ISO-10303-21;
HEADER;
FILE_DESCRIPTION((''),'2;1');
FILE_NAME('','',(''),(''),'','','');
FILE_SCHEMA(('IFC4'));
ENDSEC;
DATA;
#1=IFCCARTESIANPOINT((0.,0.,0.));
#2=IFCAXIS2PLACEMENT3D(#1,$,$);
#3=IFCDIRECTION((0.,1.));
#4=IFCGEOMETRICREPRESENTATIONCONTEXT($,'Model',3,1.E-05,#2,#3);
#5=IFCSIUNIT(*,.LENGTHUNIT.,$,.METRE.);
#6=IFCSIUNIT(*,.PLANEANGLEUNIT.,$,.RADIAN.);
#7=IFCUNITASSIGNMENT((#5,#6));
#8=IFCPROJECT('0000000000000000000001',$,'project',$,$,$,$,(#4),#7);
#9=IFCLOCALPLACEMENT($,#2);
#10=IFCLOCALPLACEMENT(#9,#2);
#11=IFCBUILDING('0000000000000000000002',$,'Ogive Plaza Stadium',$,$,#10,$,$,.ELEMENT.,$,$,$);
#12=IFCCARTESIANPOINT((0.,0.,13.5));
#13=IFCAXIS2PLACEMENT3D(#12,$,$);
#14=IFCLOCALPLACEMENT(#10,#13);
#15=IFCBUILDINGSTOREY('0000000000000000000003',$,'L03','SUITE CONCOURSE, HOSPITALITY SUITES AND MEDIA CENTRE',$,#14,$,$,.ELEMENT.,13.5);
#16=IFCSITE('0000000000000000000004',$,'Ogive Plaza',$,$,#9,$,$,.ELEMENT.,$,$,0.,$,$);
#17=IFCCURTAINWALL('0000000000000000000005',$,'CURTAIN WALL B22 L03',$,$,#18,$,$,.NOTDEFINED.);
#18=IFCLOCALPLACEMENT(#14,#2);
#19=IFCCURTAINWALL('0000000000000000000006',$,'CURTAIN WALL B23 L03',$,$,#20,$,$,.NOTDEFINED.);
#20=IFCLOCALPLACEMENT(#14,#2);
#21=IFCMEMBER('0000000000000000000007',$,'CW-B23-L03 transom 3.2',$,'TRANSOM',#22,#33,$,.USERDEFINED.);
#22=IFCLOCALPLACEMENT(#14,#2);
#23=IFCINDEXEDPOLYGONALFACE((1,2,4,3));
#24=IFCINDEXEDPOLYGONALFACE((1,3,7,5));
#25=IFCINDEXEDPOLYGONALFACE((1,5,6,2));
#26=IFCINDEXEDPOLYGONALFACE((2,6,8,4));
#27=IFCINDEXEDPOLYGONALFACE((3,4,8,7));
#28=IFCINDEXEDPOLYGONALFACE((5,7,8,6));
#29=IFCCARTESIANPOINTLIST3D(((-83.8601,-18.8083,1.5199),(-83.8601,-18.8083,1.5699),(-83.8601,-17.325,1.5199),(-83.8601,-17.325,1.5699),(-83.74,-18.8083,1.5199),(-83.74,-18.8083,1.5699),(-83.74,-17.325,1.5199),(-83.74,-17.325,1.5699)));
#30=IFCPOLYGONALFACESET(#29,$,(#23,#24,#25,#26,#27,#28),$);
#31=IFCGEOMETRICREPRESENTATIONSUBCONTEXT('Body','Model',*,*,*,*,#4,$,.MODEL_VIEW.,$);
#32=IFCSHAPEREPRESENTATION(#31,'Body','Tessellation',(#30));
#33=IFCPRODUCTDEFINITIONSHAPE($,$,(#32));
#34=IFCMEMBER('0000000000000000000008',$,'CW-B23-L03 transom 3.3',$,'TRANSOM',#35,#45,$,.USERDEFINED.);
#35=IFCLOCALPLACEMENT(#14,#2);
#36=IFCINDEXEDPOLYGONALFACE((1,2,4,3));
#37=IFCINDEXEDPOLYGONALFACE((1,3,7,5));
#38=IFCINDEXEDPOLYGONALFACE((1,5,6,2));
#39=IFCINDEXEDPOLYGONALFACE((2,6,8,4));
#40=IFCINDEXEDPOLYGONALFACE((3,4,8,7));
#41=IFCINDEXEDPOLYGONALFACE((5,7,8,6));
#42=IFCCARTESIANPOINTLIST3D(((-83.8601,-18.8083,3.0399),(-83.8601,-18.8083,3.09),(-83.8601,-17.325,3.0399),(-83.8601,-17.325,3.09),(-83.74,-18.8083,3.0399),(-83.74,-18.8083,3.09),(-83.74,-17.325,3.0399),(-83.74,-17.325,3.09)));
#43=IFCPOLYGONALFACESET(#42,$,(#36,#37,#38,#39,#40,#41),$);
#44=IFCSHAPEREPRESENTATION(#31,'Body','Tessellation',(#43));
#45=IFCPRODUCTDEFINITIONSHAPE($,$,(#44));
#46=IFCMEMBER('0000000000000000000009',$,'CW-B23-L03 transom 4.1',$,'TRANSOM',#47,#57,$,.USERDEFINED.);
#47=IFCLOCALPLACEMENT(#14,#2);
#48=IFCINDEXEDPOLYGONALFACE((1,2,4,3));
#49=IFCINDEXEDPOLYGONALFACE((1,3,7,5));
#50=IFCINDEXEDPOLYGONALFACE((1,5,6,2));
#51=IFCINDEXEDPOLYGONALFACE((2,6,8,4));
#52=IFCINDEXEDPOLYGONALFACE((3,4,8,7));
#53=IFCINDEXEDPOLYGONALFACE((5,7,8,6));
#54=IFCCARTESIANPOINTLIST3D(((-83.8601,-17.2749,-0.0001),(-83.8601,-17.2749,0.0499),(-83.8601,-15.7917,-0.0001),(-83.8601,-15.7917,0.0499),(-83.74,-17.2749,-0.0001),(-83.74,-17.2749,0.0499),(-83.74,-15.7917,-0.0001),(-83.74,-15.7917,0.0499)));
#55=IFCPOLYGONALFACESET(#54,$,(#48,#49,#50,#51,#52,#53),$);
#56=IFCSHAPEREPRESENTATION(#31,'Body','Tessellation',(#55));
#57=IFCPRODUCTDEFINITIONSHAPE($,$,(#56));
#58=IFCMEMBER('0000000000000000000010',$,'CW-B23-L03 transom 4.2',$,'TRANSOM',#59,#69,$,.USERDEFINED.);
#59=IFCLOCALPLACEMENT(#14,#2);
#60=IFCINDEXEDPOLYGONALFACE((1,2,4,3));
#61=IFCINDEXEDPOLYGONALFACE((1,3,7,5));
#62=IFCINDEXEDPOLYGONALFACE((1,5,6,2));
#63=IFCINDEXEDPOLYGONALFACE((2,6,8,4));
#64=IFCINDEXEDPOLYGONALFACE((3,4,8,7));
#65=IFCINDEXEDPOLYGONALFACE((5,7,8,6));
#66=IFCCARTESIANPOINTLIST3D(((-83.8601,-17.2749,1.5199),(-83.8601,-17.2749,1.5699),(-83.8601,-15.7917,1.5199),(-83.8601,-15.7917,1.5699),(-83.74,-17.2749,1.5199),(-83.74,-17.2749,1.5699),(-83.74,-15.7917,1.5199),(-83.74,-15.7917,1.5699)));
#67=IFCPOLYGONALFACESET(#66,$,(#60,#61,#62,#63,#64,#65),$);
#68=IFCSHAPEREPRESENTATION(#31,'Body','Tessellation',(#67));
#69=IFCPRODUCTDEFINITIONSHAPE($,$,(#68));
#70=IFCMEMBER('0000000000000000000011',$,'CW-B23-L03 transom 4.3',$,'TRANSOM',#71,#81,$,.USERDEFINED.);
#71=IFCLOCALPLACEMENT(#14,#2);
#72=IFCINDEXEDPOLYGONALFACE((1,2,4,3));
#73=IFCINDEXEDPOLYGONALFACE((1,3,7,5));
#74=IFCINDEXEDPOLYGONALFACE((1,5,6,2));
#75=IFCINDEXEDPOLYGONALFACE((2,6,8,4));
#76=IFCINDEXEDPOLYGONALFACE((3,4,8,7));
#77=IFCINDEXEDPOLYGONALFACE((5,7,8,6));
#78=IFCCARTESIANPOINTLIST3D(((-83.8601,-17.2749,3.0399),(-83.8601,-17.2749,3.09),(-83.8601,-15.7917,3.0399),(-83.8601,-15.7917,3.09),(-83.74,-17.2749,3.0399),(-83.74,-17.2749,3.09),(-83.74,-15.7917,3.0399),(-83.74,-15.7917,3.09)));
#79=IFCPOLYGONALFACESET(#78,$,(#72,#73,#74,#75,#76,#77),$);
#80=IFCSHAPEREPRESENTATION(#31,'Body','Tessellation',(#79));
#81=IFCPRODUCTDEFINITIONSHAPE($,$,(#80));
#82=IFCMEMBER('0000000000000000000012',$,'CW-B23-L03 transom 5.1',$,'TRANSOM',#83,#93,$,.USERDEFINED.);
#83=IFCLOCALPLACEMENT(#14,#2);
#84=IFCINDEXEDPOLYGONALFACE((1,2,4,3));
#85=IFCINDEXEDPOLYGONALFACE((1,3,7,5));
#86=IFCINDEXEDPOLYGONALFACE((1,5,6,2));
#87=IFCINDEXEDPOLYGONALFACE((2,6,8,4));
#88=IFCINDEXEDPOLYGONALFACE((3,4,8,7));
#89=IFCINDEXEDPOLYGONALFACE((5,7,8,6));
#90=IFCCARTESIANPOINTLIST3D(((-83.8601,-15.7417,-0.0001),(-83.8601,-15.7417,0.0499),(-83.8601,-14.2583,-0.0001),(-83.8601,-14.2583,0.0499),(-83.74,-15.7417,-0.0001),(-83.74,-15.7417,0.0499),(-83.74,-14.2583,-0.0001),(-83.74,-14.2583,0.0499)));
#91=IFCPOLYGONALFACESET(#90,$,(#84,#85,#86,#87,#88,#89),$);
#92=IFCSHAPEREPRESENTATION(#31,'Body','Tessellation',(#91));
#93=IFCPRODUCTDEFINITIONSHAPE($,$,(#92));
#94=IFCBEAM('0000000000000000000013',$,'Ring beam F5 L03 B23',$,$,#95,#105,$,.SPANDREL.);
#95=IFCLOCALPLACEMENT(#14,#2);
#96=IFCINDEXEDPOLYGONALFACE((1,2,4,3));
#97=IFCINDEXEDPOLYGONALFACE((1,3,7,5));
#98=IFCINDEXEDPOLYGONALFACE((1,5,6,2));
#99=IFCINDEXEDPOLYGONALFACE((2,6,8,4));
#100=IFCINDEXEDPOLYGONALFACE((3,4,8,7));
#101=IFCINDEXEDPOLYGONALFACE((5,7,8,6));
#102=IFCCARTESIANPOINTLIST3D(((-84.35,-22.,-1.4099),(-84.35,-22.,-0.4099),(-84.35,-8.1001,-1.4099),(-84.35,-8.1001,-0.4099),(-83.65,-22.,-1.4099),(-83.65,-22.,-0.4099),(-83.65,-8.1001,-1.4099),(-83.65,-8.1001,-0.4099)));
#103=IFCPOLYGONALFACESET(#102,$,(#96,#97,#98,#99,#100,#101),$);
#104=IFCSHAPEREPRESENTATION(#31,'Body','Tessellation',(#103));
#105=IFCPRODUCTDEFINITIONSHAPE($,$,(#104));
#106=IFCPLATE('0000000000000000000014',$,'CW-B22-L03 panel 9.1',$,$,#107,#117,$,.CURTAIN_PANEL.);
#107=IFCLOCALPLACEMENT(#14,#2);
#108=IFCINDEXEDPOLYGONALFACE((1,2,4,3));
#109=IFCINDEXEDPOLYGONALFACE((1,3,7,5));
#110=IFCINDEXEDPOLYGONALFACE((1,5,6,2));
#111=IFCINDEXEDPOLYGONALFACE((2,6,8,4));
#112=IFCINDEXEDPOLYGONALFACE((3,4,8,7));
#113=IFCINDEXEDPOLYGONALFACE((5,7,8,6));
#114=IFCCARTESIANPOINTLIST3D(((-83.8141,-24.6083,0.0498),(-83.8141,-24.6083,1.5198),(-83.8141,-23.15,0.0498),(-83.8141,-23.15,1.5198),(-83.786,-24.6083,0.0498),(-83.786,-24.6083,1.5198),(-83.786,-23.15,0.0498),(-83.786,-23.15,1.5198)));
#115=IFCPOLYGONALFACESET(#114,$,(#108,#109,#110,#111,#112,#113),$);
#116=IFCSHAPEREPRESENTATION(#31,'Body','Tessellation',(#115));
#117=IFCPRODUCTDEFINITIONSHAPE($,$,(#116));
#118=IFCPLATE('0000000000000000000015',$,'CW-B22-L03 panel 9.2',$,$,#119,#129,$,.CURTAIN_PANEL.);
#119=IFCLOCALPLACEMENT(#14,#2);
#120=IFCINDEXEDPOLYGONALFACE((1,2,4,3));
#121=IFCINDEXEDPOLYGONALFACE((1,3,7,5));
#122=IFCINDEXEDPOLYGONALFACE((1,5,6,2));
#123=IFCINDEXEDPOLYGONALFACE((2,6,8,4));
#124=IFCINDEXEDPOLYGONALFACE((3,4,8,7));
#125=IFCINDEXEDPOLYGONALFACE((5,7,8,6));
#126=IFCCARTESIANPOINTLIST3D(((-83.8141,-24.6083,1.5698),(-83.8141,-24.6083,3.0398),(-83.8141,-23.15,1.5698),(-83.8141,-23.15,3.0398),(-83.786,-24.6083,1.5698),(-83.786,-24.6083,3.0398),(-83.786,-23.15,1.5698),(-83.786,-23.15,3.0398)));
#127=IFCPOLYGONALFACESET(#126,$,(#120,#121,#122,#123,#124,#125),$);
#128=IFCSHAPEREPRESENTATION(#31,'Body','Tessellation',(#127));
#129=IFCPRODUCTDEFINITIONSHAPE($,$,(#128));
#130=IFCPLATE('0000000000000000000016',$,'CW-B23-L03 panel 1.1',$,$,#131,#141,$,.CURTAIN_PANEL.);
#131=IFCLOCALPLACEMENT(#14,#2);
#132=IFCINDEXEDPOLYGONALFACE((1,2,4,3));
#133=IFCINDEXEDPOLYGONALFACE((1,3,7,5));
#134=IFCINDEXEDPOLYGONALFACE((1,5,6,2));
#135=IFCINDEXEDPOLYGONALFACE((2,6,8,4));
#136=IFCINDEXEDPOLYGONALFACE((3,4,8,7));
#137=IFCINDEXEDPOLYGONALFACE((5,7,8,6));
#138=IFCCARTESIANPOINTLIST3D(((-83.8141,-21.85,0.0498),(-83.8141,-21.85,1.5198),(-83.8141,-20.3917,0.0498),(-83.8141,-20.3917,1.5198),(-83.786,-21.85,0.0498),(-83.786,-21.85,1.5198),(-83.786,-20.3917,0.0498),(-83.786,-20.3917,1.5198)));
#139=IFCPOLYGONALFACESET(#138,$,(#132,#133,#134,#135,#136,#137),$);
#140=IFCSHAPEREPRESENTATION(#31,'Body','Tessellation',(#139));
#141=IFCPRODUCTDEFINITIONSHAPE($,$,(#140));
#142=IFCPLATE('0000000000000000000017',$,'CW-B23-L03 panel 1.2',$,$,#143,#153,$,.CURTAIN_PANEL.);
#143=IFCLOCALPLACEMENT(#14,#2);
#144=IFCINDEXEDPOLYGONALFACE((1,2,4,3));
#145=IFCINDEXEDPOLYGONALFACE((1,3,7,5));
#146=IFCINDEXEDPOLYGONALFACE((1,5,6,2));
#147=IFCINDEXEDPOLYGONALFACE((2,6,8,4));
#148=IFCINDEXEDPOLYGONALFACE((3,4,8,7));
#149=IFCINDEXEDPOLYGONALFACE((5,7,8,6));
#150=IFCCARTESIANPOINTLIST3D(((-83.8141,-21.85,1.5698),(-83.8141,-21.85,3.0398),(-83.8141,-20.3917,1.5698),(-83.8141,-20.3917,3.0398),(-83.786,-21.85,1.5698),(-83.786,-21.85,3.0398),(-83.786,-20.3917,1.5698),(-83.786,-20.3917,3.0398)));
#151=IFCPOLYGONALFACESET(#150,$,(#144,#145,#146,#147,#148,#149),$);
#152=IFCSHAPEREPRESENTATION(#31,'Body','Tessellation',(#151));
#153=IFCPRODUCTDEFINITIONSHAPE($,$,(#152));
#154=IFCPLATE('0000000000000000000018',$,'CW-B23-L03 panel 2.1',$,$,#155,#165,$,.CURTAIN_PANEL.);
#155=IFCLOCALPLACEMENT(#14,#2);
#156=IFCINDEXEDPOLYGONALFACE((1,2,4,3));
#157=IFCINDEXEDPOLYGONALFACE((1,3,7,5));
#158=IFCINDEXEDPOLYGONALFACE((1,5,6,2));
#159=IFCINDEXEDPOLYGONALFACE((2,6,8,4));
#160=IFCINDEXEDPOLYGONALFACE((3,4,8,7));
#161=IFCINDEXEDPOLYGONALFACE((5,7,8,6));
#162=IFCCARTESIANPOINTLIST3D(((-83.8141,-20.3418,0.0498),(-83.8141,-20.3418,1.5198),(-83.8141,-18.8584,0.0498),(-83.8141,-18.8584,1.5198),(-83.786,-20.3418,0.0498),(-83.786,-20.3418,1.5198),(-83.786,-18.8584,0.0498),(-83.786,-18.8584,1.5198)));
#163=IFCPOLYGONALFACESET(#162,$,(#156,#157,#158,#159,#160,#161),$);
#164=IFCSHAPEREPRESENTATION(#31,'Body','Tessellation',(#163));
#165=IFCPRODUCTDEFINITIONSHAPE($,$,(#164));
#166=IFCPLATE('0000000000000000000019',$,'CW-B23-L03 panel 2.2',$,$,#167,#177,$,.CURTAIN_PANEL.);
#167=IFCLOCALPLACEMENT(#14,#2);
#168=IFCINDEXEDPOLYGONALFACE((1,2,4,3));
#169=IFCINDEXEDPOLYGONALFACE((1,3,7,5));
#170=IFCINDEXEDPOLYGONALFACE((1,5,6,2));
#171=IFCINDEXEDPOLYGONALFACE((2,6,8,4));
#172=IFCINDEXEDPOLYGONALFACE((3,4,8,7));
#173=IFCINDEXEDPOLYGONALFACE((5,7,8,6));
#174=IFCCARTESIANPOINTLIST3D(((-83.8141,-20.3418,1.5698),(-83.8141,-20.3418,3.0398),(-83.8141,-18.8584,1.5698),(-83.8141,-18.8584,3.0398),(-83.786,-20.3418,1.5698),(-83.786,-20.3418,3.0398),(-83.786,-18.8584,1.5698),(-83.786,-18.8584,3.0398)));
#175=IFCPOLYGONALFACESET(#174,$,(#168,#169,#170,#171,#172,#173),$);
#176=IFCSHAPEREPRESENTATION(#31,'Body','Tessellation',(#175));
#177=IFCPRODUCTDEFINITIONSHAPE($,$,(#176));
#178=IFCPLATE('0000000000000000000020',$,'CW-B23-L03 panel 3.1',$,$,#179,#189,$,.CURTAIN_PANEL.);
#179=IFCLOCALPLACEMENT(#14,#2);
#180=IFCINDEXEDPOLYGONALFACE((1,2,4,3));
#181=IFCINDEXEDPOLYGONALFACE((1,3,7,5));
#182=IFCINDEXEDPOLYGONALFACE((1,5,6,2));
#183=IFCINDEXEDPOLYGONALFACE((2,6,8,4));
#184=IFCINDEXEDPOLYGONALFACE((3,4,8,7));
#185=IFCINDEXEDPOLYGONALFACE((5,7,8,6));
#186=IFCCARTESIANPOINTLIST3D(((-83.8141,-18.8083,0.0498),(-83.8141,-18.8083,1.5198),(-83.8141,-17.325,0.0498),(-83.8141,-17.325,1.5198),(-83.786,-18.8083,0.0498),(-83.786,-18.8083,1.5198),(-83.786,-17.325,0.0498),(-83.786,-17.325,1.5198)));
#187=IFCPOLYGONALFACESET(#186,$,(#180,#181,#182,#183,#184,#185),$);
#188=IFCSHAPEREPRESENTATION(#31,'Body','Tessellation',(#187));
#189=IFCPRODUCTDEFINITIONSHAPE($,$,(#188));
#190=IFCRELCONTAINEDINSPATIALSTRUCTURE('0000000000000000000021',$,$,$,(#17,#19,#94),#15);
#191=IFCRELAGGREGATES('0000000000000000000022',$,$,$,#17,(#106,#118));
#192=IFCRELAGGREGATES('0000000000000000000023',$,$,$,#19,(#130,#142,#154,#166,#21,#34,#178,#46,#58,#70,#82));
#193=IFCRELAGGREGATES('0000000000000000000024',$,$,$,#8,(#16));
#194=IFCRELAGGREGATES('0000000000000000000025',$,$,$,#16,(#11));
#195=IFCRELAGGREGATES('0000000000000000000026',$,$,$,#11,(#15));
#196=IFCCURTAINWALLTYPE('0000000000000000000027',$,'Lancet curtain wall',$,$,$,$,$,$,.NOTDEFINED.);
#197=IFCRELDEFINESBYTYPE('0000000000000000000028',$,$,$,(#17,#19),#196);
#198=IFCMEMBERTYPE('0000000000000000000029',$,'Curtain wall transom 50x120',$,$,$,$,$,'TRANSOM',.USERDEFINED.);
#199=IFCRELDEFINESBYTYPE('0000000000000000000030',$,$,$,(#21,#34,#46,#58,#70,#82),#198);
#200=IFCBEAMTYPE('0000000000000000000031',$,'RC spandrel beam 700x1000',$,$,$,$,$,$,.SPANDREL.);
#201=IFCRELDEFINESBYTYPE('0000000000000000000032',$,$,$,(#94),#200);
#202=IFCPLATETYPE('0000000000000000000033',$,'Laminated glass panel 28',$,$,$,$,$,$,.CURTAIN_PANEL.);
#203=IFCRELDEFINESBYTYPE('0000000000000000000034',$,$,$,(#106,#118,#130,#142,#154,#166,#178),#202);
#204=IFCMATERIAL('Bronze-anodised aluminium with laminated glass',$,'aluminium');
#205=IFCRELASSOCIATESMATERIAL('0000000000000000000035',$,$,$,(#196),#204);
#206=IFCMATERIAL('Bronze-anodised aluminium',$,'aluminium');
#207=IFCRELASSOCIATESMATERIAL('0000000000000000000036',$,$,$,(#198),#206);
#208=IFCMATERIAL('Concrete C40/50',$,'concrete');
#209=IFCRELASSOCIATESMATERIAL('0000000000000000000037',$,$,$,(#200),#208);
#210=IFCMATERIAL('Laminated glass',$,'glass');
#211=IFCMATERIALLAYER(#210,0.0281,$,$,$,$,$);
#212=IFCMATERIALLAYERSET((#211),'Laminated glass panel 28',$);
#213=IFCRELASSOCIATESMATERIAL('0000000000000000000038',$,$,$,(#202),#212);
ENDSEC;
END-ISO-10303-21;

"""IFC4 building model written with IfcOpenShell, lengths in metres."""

from ifc_helpers import new_model, si_unit, direction, frame, origin, origin_2d, place, context, subcontext, project, spatial, rectangle, extrude, material, layer, layer_set, material_profile, profile_set, type_object, element, aggregate, save


model = new_model("IFC4")

# Units and contexts
model_context = context("Model", 3, precision=1e-05, world=origin(), true_north=direction((0.0, 1.0)))
body_context = subcontext(model_context, "Body", "Model", "MODEL_VIEW")
ifc_project = project(units=[si_unit("LENGTHUNIT", "METRE"), si_unit("PLANEANGLEUNIT", "RADIAN")], contexts=[model_context])

# Site, building, storey
site_placement = place(None, origin())
site = spatial("IfcSite", under=ifc_project, at=site_placement, Name="Ogive Plaza", CompositionType="ELEMENT", RefElevation=0.0)
building_placement = place(site_placement, origin())
building = spatial("IfcBuilding", under=site, at=building_placement, Name="Ogive Plaza Stadium", CompositionType="ELEMENT")
storey_placement = place(building_placement, frame((0.0, 0.0, 13.5)))
storey = spatial("IfcBuildingStorey", under=building, at=storey_placement, Name="L03", Description="SUITE CONCOURSE, HOSPITALITY SUITES AND MEDIA CENTRE", CompositionType="ELEMENT", Elevation=13.5)

# Curtain wall
ifc_material_1 = material(Name="Bronze-anodised aluminium with laminated glass", Category="aluminium")
curtain_wall_type = type_object("IfcCurtainWallType", Name="Lancet curtain wall", PredefinedType="NOTDEFINED", material=ifc_material_1)
curtain_wall_1_placement = place(storey_placement, origin())
curtain_wall_1 = element("IfcCurtainWall", 1, at=curtain_wall_1_placement, inside=storey, type_object=curtain_wall_type, Name="CURTAIN WALL B22 L03", PredefinedType="NOTDEFINED")

# Curtain wall, members
curtain_wall_2_placement = place(storey_placement, origin())
curtain_wall_2 = element("IfcCurtainWall", 2, at=curtain_wall_2_placement, inside=storey, type_object=curtain_wall_type, Name="CURTAIN WALL B23 L03", PredefinedType="NOTDEFINED")
ifc_material_2 = material(Name="Bronze-anodised aluminium", Category="aluminium")
ifc_material_profile_1 = material_profile(ifc_material_2, rectangle(XDim=0.1201, YDim=0.05, at=origin_2d()), Name="AL 120x50")
ifc_profile_set_1 = profile_set([ifc_material_profile_1], Name="Bronze-anodised aluminium")
member_type_1 = type_object("IfcMemberType", Name="Curtain wall transom 50x120", ElementType="TRANSOM", PredefinedType="USERDEFINED", material=ifc_profile_set_1)
member_1_placement = place(storey_placement, frame((-83.8, -18.8083, 1.5449), z_axis=(0.0, 1.0, 0.0), x_axis=(-1.0, 0.0, 0.0)))
member_1 = element("IfcMember", 3, at=member_1_placement, type_object=member_type_1, Name="CW-B23-L03 transom 3.2", ObjectType="TRANSOM", PredefinedType="USERDEFINED", context=body_context, shape_type="SweptSolid", body=[
    extrude(rectangle(XDim=0.1201, YDim=0.05, at=origin_2d()), origin(), (0.0, 0.0, 1.0), 1.4834),
])
member_2_placement = place(storey_placement, frame((-83.8, -18.8083, 3.0649), z_axis=(0.0, 1.0, 0.0), x_axis=(-1.0, 0.0, 0.0)))
member_2 = element("IfcMember", 4, at=member_2_placement, type_object=member_type_1, Name="CW-B23-L03 transom 3.3", ObjectType="TRANSOM", PredefinedType="USERDEFINED", context=body_context, shape_type="SweptSolid", body=[
    extrude(rectangle(XDim=0.1201, YDim=0.05, at=origin_2d()), origin(), (0.0, 0.0, 1.0), 1.4834),
])
member_3_placement = place(storey_placement, frame((-83.8, -17.2749, 0.0249), z_axis=(0.0, 1.0, 0.0), x_axis=(-1.0, 0.0, 0.0)))
member_3 = element("IfcMember", 5, at=member_3_placement, type_object=member_type_1, Name="CW-B23-L03 transom 4.1", ObjectType="TRANSOM", PredefinedType="USERDEFINED", context=body_context, shape_type="SweptSolid", body=[
    extrude(rectangle(XDim=0.1201, YDim=0.05, at=origin_2d()), origin(), (0.0, 0.0, 1.0), 1.4832),
])
member_4_placement = place(storey_placement, frame((-83.8, -17.2749, 1.5449), z_axis=(0.0, 1.0, 0.0), x_axis=(-1.0, 0.0, 0.0)))
member_4 = element("IfcMember", 6, at=member_4_placement, type_object=member_type_1, Name="CW-B23-L03 transom 4.2", ObjectType="TRANSOM", PredefinedType="USERDEFINED", context=body_context, shape_type="SweptSolid", body=[
    extrude(rectangle(XDim=0.1201, YDim=0.05, at=origin_2d()), origin(), (0.0, 0.0, 1.0), 1.4832),
])
member_5_placement = place(storey_placement, frame((-83.8, -17.2749, 3.0649), z_axis=(0.0, 1.0, 0.0), x_axis=(-1.0, 0.0, 0.0)))
member_5 = element("IfcMember", 7, at=member_5_placement, type_object=member_type_1, Name="CW-B23-L03 transom 4.3", ObjectType="TRANSOM", PredefinedType="USERDEFINED", context=body_context, shape_type="SweptSolid", body=[
    extrude(rectangle(XDim=0.1201, YDim=0.05, at=origin_2d()), origin(), (0.0, 0.0, 1.0), 1.4832),
])
member_6_placement = place(storey_placement, frame((-83.8, -15.7417, 0.0249), z_axis=(0.0, 1.0, 0.0), x_axis=(-1.0, 0.0, 0.0)))
member_6 = element("IfcMember", 8, at=member_6_placement, type_object=member_type_1, Name="CW-B23-L03 transom 5.1", ObjectType="TRANSOM", PredefinedType="USERDEFINED", context=body_context, shape_type="SweptSolid", body=[
    extrude(rectangle(XDim=0.1201, YDim=0.05, at=origin_2d()), origin(), (0.0, 0.0, 1.0), 1.4834),
])

# Beam
ifc_material_3 = material(Name="Concrete C40/50", Category="concrete")
ifc_material_profile_2 = material_profile(ifc_material_3, rectangle(XDim=0.7, YDim=1.0, at=origin_2d()), Name="RC 700x1000")
ifc_profile_set_2 = profile_set([ifc_material_profile_2], Name="Concrete C40/50")
beam_type = type_object("IfcBeamType", Name="RC spandrel beam 700x1000", PredefinedType="SPANDREL", material=ifc_profile_set_2)
beam_placement = place(storey_placement, frame((-84.0, -22.0, -0.9099), z_axis=(0.0, 1.0, 0.0), x_axis=(-1.0, 0.0, 0.0)))
element("IfcBeam", 9, at=beam_placement, inside=storey, type_object=beam_type, Name="Ring beam F5 L03 B23", PredefinedType="SPANDREL", context=body_context, shape_type="SweptSolid", body=[
    extrude(rectangle(XDim=0.7, YDim=1.0, at=origin_2d()), origin(), (0.0, 0.0, 1.0), 13.8999),
])

# Plates
ifc_material_4 = material(Name="Laminated glass", Category="glass")
ifc_layer = layer(ifc_material_4, 0.0281)
ifc_layer_set = layer_set([ifc_layer], Name="Laminated glass panel 28")
plate_type = type_object("IfcPlateType", Name="Laminated glass panel 28", PredefinedType="CURTAIN_PANEL", material=ifc_layer_set)
plate_1_placement = place(storey_placement, frame((-83.8, -23.8792, 0.0498), z_axis=(0.0, 0.0, 1.0), x_axis=(0.0, 1.0, 0.0)))
plate_1 = element("IfcPlate", 10, at=plate_1_placement, type_object=plate_type, Name="CW-B22-L03 panel 9.1", PredefinedType="CURTAIN_PANEL", context=body_context, shape_type="SweptSolid", body=[
    extrude(rectangle(XDim=1.4583, YDim=0.0281, at=origin_2d()), origin(), (0.0, 0.0, 1.0), 1.47),
])
plate_2_placement = place(storey_placement, frame((-83.8, -23.8792, 1.5698), z_axis=(0.0, 0.0, 1.0), x_axis=(0.0, 1.0, 0.0)))
plate_2 = element("IfcPlate", 11, at=plate_2_placement, type_object=plate_type, Name="CW-B22-L03 panel 9.2", PredefinedType="CURTAIN_PANEL", context=body_context, shape_type="SweptSolid", body=[
    extrude(rectangle(XDim=1.4583, YDim=0.0281, at=origin_2d()), origin(), (0.0, 0.0, 1.0), 1.47),
])
aggregate(curtain_wall_1, [plate_1, plate_2])
plate_3_placement = place(storey_placement, frame((-83.8, -21.1208, 0.0498), z_axis=(0.0, 0.0, 1.0), x_axis=(0.0, 1.0, 0.0)))
plate_3 = element("IfcPlate", 12, at=plate_3_placement, type_object=plate_type, Name="CW-B23-L03 panel 1.1", PredefinedType="CURTAIN_PANEL", context=body_context, shape_type="SweptSolid", body=[
    extrude(rectangle(XDim=1.4583, YDim=0.0281, at=origin_2d()), origin(), (0.0, 0.0, 1.0), 1.47),
])
plate_4_placement = place(storey_placement, frame((-83.8, -21.1208, 1.5698), z_axis=(0.0, 0.0, 1.0), x_axis=(0.0, 1.0, 0.0)))
plate_4 = element("IfcPlate", 13, at=plate_4_placement, type_object=plate_type, Name="CW-B23-L03 panel 1.2", PredefinedType="CURTAIN_PANEL", context=body_context, shape_type="SweptSolid", body=[
    extrude(rectangle(XDim=1.4583, YDim=0.0281, at=origin_2d()), origin(), (0.0, 0.0, 1.0), 1.47),
])
plate_5_placement = place(storey_placement, frame((-83.8, -19.6001, 0.0498), z_axis=(0.0, 0.0, 1.0), x_axis=(0.0, 1.0, 0.0)))
plate_5 = element("IfcPlate", 14, at=plate_5_placement, type_object=plate_type, Name="CW-B23-L03 panel 2.1", PredefinedType="CURTAIN_PANEL", context=body_context, shape_type="SweptSolid", body=[
    extrude(rectangle(XDim=1.4834, YDim=0.0281, at=origin_2d()), origin(), (0.0, 0.0, 1.0), 1.47),
])
plate_6_placement = place(storey_placement, frame((-83.8, -19.6001, 1.5698), z_axis=(0.0, 0.0, 1.0), x_axis=(0.0, 1.0, 0.0)))
plate_6 = element("IfcPlate", 15, at=plate_6_placement, type_object=plate_type, Name="CW-B23-L03 panel 2.2", PredefinedType="CURTAIN_PANEL", context=body_context, shape_type="SweptSolid", body=[
    extrude(rectangle(XDim=1.4834, YDim=0.0281, at=origin_2d()), origin(), (0.0, 0.0, 1.0), 1.47),
])
plate_7_placement = place(storey_placement, frame((-83.8, -18.0667, 0.0498), z_axis=(0.0, 0.0, 1.0), x_axis=(0.0, 1.0, 0.0)))
plate_7 = element("IfcPlate", 16, at=plate_7_placement, type_object=plate_type, Name="CW-B23-L03 panel 3.1", PredefinedType="CURTAIN_PANEL", context=body_context, shape_type="SweptSolid", body=[
    extrude(rectangle(XDim=1.4834, YDim=0.0281, at=origin_2d()), origin(), (0.0, 0.0, 1.0), 1.47),
])
aggregate(curtain_wall_2, [plate_3, plate_4, plate_5, plate_6, member_1, member_2, plate_7, member_3, member_4, member_5, member_6])

save(model, "model.ifc")
